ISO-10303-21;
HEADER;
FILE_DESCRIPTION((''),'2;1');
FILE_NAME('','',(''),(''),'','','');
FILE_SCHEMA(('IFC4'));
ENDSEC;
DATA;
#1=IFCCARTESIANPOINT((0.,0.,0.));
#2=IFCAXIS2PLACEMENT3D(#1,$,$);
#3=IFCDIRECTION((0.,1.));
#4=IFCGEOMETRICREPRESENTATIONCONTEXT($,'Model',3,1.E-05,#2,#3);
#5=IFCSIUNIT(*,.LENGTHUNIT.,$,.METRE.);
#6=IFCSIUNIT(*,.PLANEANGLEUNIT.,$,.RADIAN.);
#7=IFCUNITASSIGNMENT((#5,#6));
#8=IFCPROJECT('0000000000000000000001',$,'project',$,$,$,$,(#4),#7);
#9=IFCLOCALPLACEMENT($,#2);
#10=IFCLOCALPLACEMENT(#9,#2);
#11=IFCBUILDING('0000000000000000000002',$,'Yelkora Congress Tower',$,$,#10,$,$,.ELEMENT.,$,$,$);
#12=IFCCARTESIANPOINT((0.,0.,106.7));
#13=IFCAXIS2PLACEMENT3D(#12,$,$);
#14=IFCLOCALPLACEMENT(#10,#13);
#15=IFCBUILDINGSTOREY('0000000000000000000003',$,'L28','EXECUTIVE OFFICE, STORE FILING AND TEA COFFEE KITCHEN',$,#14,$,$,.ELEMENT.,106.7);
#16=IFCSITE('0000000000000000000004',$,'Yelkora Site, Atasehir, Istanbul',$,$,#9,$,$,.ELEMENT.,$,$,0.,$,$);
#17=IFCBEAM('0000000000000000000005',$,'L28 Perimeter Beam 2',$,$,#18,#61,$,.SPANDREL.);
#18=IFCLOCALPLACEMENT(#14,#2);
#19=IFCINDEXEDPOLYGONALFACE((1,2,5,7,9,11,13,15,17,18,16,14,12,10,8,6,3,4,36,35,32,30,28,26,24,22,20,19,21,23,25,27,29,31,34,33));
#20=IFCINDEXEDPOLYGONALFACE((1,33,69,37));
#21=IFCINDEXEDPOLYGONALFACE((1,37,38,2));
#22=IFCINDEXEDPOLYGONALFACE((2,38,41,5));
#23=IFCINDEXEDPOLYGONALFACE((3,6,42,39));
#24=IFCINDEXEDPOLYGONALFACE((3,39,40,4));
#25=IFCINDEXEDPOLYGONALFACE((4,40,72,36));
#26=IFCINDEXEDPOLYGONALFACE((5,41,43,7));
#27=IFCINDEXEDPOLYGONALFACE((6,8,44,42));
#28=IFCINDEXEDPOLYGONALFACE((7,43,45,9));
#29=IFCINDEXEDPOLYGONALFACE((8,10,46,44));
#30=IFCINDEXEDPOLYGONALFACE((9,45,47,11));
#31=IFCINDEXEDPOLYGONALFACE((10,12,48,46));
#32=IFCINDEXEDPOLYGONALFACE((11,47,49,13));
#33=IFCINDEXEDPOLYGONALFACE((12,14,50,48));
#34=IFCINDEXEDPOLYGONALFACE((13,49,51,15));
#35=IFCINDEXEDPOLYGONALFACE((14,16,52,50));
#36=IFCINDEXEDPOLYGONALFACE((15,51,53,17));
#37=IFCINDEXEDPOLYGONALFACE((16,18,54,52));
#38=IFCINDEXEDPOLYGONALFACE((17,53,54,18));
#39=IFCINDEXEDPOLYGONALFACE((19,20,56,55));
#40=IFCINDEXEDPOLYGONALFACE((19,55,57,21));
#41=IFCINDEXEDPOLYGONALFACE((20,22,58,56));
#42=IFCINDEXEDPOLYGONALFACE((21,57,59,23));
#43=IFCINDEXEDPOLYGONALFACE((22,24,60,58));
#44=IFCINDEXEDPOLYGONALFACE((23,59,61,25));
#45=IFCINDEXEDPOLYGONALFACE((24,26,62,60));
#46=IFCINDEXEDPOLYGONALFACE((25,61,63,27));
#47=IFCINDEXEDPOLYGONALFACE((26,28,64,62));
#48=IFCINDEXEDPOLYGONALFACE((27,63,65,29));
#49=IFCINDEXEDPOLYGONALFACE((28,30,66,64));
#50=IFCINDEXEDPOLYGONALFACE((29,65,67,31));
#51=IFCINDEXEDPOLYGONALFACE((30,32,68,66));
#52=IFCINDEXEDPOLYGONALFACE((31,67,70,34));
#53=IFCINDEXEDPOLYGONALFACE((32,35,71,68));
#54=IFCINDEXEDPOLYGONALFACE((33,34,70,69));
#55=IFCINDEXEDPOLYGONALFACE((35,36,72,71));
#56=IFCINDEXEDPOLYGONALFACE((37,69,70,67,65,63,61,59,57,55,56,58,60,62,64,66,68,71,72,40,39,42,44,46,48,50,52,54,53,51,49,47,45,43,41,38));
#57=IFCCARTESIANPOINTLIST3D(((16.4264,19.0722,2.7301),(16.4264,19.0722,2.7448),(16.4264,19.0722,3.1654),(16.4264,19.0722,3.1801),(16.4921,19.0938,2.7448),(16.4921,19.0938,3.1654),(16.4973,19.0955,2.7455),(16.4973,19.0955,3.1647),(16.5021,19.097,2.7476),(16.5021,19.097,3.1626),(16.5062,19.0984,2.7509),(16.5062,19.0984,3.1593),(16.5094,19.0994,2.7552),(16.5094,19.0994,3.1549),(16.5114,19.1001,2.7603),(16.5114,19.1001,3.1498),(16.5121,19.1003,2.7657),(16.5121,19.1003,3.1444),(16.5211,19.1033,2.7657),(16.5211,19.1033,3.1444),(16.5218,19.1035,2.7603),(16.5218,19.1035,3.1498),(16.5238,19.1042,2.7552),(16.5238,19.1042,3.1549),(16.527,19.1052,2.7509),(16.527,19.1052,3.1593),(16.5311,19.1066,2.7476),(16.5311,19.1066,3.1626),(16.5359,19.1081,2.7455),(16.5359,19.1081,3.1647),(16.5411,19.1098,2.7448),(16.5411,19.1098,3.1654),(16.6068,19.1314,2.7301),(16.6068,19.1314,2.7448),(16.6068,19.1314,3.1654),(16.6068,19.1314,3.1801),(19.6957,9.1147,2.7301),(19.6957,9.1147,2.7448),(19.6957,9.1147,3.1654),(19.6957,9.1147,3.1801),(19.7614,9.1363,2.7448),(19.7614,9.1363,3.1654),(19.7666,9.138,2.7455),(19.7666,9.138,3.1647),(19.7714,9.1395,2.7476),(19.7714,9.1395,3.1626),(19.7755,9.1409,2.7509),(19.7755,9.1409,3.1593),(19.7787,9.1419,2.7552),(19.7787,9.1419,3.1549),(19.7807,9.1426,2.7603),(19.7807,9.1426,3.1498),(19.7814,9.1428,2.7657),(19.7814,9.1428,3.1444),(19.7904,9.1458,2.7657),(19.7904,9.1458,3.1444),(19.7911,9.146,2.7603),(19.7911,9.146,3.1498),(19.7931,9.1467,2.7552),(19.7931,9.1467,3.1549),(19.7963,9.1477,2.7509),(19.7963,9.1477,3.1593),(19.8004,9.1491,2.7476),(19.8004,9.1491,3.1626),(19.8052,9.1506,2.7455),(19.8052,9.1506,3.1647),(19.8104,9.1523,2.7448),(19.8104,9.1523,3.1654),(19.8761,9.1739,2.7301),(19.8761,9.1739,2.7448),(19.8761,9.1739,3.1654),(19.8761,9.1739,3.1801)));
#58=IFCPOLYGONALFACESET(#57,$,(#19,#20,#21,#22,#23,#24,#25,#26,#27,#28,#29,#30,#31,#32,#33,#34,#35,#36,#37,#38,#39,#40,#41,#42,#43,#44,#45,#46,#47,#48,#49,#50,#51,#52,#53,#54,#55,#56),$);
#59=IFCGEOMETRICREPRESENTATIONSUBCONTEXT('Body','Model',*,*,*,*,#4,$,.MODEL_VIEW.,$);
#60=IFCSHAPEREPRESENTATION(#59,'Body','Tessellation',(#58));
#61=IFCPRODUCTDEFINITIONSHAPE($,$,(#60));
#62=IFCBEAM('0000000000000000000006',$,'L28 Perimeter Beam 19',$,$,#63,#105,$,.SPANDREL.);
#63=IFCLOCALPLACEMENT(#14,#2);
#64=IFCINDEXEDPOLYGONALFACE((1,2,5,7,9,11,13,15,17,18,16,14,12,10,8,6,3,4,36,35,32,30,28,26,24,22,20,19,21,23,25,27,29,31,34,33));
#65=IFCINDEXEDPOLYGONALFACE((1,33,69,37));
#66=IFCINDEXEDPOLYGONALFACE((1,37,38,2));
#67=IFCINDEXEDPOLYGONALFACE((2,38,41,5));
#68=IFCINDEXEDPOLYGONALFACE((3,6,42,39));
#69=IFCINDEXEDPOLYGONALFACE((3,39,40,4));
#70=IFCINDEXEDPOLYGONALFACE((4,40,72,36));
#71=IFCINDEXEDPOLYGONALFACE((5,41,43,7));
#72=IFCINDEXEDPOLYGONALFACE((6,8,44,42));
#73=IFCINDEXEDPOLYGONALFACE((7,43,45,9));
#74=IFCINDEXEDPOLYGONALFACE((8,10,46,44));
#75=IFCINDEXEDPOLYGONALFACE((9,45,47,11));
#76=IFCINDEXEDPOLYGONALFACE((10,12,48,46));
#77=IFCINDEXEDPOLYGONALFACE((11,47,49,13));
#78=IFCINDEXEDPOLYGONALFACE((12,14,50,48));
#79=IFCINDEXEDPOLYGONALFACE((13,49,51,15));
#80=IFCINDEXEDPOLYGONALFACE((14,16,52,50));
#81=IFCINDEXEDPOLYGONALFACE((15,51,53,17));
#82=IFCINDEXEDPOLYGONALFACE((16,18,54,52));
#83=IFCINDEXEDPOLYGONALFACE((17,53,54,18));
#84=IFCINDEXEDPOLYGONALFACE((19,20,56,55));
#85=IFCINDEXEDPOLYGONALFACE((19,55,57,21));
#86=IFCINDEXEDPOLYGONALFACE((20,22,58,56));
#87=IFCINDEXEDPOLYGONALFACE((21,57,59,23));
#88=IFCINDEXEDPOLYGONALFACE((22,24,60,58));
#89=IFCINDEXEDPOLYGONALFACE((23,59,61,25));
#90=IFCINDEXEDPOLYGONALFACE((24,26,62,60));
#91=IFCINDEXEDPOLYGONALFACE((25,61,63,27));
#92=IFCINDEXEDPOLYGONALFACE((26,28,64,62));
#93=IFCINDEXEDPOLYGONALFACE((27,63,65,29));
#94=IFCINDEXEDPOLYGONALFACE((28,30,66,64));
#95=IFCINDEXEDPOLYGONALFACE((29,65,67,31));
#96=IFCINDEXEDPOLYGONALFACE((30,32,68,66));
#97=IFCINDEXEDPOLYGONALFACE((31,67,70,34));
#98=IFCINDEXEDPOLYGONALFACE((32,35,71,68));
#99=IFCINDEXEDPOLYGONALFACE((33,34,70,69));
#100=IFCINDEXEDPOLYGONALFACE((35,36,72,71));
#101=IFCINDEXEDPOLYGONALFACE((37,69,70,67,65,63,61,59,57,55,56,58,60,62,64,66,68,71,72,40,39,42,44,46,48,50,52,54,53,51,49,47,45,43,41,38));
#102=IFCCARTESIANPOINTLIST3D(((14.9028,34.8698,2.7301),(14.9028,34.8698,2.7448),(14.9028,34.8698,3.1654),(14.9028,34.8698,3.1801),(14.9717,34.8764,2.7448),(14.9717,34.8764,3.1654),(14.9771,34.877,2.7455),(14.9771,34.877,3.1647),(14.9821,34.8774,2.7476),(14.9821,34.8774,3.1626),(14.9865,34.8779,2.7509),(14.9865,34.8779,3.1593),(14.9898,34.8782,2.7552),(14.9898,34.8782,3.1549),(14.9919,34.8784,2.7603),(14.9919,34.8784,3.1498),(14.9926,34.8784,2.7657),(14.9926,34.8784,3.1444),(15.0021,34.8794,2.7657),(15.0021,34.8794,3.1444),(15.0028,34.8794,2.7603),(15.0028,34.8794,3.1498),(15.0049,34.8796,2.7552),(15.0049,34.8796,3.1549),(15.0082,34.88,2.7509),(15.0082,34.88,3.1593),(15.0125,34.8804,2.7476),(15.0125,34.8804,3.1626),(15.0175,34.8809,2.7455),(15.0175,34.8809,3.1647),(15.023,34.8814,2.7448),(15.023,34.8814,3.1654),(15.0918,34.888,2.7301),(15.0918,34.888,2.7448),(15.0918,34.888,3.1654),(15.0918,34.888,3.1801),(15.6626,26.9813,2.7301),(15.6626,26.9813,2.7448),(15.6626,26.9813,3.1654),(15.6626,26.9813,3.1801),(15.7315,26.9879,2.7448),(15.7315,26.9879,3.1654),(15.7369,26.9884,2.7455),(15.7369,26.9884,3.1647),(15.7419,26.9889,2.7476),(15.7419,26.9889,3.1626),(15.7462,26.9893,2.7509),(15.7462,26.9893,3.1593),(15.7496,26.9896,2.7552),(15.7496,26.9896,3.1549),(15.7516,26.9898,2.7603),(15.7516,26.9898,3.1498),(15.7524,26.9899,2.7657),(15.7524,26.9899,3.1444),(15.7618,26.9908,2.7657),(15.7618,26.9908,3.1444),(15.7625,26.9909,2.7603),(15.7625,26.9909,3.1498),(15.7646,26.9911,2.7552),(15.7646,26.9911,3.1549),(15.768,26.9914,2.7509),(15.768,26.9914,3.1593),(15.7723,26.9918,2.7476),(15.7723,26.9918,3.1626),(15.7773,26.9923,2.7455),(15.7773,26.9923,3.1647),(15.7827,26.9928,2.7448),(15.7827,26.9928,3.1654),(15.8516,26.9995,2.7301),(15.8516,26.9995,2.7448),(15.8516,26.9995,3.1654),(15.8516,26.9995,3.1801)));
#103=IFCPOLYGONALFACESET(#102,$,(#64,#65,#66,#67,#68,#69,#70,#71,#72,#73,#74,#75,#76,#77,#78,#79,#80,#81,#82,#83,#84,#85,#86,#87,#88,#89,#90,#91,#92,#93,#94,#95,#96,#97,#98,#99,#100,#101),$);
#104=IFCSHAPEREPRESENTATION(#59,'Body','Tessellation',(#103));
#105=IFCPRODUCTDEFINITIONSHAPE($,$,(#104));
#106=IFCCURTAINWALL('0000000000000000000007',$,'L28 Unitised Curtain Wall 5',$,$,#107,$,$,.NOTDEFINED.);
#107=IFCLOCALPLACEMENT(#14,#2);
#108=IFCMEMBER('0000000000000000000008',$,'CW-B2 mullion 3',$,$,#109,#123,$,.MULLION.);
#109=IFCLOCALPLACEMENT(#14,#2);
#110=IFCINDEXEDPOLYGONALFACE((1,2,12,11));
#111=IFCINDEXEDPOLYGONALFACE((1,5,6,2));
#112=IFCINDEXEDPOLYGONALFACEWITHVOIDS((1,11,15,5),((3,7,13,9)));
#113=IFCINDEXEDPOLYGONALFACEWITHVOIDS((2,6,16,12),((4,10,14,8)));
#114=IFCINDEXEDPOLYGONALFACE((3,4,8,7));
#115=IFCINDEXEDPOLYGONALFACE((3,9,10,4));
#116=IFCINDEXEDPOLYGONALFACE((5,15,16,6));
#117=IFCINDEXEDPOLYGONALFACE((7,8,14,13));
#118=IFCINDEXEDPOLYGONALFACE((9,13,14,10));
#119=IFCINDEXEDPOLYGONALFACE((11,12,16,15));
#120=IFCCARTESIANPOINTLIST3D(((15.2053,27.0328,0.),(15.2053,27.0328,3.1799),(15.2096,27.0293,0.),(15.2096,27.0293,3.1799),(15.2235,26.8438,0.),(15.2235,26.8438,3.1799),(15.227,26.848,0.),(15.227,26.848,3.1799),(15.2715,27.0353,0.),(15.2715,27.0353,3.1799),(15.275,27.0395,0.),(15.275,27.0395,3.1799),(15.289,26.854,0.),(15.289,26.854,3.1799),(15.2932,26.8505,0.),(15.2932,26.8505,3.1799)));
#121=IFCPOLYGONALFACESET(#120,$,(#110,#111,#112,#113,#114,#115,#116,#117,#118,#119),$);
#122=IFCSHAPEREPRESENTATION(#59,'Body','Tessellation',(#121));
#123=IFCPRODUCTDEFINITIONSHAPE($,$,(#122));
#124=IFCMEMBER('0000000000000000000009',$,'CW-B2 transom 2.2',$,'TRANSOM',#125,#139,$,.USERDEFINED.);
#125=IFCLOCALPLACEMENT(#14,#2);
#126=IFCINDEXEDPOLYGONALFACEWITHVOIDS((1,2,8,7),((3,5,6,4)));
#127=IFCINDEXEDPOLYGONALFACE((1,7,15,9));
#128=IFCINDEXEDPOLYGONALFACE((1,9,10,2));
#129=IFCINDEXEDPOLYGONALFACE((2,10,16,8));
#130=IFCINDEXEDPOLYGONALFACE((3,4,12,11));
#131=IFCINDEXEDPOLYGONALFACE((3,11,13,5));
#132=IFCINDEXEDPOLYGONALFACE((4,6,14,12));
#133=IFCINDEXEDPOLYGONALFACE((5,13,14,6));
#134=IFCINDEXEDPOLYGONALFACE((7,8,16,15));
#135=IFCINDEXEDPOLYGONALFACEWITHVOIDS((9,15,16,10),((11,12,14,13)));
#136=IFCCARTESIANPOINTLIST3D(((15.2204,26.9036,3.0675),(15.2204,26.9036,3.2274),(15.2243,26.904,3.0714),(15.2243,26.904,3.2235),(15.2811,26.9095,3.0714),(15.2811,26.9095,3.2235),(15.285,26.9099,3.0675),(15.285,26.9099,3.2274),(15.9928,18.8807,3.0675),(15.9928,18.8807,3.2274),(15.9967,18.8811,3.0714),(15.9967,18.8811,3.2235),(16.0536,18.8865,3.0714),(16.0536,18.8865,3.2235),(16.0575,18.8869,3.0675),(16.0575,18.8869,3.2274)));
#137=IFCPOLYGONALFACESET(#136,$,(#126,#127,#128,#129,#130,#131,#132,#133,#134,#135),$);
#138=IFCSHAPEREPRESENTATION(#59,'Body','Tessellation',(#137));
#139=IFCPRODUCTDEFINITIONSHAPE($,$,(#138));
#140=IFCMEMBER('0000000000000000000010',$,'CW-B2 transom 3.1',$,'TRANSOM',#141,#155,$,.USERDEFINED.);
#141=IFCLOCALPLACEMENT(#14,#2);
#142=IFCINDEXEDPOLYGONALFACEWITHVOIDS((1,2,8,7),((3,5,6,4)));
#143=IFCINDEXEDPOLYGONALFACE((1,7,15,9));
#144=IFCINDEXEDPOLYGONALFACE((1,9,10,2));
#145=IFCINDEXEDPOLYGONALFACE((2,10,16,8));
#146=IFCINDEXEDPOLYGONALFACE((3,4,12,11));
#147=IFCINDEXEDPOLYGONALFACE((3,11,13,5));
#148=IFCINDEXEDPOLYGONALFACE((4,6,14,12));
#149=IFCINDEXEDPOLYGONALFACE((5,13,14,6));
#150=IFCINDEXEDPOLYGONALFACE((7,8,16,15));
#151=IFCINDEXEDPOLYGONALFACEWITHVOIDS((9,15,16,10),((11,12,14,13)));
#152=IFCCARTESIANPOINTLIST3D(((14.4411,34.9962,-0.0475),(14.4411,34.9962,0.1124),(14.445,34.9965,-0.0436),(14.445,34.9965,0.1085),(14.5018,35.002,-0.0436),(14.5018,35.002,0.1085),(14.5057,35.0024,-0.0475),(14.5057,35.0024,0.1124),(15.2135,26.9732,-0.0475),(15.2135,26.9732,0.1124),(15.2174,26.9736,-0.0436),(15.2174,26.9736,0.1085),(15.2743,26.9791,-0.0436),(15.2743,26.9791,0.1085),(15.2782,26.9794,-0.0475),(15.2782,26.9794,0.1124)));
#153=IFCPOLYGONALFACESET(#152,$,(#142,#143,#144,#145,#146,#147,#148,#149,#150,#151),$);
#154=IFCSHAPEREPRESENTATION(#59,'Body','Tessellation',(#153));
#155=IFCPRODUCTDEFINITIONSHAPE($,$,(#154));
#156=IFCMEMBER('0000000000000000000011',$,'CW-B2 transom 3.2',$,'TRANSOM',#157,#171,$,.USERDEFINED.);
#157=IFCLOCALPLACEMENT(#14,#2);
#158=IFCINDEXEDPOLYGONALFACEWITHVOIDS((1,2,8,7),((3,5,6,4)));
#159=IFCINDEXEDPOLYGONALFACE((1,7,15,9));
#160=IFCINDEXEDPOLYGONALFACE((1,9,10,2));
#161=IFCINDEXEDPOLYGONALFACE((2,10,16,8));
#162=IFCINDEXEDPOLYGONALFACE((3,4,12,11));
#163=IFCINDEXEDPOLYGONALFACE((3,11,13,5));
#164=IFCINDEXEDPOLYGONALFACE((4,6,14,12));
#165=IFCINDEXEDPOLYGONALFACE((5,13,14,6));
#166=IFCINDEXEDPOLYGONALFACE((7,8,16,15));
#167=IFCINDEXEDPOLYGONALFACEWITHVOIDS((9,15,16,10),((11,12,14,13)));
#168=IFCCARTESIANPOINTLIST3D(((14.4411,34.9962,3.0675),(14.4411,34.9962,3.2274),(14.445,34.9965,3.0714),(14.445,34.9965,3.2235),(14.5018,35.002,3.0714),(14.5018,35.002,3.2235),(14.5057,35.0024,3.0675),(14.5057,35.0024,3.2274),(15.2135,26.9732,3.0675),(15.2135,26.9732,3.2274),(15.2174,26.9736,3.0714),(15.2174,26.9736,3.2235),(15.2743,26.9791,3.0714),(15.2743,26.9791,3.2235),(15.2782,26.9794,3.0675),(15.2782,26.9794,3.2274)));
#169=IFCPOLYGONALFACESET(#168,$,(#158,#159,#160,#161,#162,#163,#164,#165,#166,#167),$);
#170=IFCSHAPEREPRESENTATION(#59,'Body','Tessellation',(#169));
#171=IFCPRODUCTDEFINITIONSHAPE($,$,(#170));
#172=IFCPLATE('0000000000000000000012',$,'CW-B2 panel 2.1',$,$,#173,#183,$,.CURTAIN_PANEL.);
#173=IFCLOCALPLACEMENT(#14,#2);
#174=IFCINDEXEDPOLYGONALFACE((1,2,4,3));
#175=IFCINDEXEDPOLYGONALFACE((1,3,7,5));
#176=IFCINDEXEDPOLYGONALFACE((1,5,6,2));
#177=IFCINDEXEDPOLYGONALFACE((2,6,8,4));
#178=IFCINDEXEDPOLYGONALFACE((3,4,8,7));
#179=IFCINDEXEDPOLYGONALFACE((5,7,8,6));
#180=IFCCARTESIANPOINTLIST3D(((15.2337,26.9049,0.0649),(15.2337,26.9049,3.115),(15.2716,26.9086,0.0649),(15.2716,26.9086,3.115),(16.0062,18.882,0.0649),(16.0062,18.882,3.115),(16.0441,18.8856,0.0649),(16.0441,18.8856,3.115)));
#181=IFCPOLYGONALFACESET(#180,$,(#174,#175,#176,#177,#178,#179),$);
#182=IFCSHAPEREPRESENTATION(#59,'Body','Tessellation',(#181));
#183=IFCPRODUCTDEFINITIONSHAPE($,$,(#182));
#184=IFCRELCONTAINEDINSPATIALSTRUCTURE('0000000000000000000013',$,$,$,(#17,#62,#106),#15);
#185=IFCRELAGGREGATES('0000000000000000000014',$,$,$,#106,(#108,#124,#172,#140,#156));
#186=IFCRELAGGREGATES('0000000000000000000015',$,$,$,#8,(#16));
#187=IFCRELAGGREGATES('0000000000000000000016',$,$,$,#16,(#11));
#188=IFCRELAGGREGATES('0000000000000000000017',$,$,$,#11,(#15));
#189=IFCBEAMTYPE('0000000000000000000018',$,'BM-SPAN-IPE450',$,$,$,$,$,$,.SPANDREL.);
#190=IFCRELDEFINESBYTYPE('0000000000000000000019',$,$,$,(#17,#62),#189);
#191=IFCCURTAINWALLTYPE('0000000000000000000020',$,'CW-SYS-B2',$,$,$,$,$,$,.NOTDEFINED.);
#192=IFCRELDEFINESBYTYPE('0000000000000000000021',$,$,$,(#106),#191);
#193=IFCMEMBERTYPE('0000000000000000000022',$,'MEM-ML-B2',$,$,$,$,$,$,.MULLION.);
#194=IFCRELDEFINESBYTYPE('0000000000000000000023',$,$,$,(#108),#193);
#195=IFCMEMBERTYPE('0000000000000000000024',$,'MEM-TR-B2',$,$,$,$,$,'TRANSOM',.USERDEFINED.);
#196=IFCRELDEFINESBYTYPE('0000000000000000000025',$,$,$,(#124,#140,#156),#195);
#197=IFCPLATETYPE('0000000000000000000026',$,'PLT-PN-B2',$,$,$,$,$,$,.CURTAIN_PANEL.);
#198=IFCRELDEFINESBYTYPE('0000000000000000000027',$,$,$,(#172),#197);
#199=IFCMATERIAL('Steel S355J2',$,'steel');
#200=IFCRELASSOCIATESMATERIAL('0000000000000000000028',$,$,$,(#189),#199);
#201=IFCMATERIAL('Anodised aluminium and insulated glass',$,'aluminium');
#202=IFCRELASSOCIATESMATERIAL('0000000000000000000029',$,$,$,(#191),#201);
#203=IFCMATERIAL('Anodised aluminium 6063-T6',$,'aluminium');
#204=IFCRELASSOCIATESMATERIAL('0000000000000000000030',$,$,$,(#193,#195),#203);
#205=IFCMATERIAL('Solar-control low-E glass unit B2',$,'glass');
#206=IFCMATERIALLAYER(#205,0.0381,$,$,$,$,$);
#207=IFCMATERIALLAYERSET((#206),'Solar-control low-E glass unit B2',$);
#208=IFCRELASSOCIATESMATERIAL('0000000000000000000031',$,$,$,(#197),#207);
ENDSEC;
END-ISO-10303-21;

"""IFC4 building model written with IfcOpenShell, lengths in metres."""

from ifc_helpers import new_model, si_unit, direction, frame, origin, origin_2d, place, context, subcontext, project, spatial, rectangle, hollow_rectangle, i_section, extrude, material, layer, layer_set, material_profile, profile_set, type_object, element, aggregate, save


model = new_model("IFC4")

# Units and contexts
model_context = context("Model", 3, precision=1e-05, world=origin(), true_north=direction((0.0, 1.0)))
body_context = subcontext(model_context, "Body", "Model", "MODEL_VIEW")
ifc_project = project(units=[si_unit("LENGTHUNIT", "METRE"), si_unit("PLANEANGLEUNIT", "RADIAN")], contexts=[model_context])

# Site, building, storey
site_placement = place(None, origin())
site = spatial("IfcSite", under=ifc_project, at=site_placement, Name="Yelkora Site, Atasehir, Istanbul", CompositionType="ELEMENT", RefElevation=0.0)
building_placement = place(site_placement, origin())
building = spatial("IfcBuilding", under=site, at=building_placement, Name="Yelkora Congress Tower", CompositionType="ELEMENT")
storey_placement = place(building_placement, frame((0.0, 0.0, 106.7)))
storey = spatial("IfcBuildingStorey", under=building, at=storey_placement, Name="L28", Description="EXECUTIVE OFFICE, STORE FILING AND TEA COFFEE KITCHEN", CompositionType="ELEMENT", Elevation=106.7)

# Beams
ifc_material_1 = material(Name="Steel S355J2", Category="steel")
ifc_material_profile_1 = material_profile(ifc_material_1, i_section(OverallWidth=0.1899, OverallDepth=0.45, WebThickness=0.0095, FlangeThickness=0.0146, FilletRadius=0.021, at=origin_2d()), Name="IPE 450")
ifc_profile_set_1 = profile_set([ifc_material_profile_1], Name="Steel S355J2")
beam_type_1 = type_object("IfcBeamType", Name="BM-SPAN-IPE450", PredefinedType="SPANDREL", material=ifc_profile_set_1)
beam_1_placement = place(storey_placement, frame((16.5166, 19.1018, 2.9551), z_axis=(0.311941, -0.950102, 0.0), x_axis=(0.950102, 0.311941, 0.0)))
element("IfcBeam", 1, at=beam_1_placement, inside=storey, type_object=beam_type_1, Name="L28 Perimeter Beam 2", PredefinedType="SPANDREL", context=body_context, shape_type="SweptSolid", body=[
    extrude(i_section(OverallWidth=0.1899, OverallDepth=0.45, WebThickness=0.0095, FlangeThickness=0.0146, FilletRadius=0.021, at=origin_2d()), origin(), (0.0, 0.0, 1.0), 10.4805),
])
beam_2_placement = place(storey_placement, frame((14.9973, 34.8789, 2.9551), z_axis=(0.09587, -0.995394, 0.0), x_axis=(0.995394, 0.09587, 0.0)))
element("IfcBeam", 2, at=beam_2_placement, inside=storey, type_object=beam_type_1, Name="L28 Perimeter Beam 19", PredefinedType="SPANDREL", context=body_context, shape_type="SweptSolid", body=[
    extrude(i_section(OverallWidth=0.1899, OverallDepth=0.45, WebThickness=0.0095, FlangeThickness=0.0146, FilletRadius=0.021, at=origin_2d()), origin(), (0.0, 0.0, 1.0), 7.925),
])

# Curtain wall, members, plate
ifc_material_2 = material(Name="Anodised aluminium and insulated glass", Category="aluminium")
curtain_wall_type = type_object("IfcCurtainWallType", Name="CW-SYS-B2", PredefinedType="NOTDEFINED", material=ifc_material_2)
curtain_wall_placement = place(storey_placement, origin())
curtain_wall = element("IfcCurtainWall", 3, at=curtain_wall_placement, inside=storey, type_object=curtain_wall_type, Name="L28 Unitised Curtain Wall 5", PredefinedType="NOTDEFINED")
ifc_material_3 = material(Name="Anodised aluminium 6063-T6", Category="aluminium")
ifc_material_profile_2 = material_profile(ifc_material_3, hollow_rectangle(XDim=0.0701, YDim=0.1899, WallThickness=0.0039, at=origin_2d()), Name="ALU 70x190x4")
ifc_profile_set_2 = profile_set([ifc_material_profile_2], Name="Anodised aluminium 6063-T6")
member_type_1 = type_object("IfcMemberType", Name="MEM-ML-B2", PredefinedType="MULLION", material=ifc_profile_set_2)
member_1_placement = place(storey_placement, frame((15.2493, 26.9417, 0.0), z_axis=(0.0, 0.0, 1.0), x_axis=(-0.995397, -0.095843, 0.0)))
member_1 = element("IfcMember", 4, at=member_1_placement, type_object=member_type_1, Name="CW-B2 mullion 3", PredefinedType="MULLION", context=body_context, shape_type="SweptSolid", body=[
    extrude(hollow_rectangle(XDim=0.0701, YDim=0.1899, WallThickness=0.0039, at=origin_2d()), origin(), (0.0, 0.0, 1.0), 3.1799),
])
ifc_material_profile_3 = material_profile(ifc_material_3, hollow_rectangle(XDim=0.0649, YDim=0.1599, WallThickness=0.0039, at=origin_2d()), Name="ALU 65x160x4")
ifc_profile_set_3 = profile_set([ifc_material_profile_3], Name="Anodised aluminium 6063-T6")
member_type_2 = type_object("IfcMemberType", Name="MEM-TR-B2", ElementType="TRANSOM", PredefinedType="USERDEFINED", material=ifc_profile_set_3)
member_2_placement = place(storey_placement, frame((16.0251, 18.8838, 3.1475), z_axis=(-0.095838, 0.995397, 0.0), x_axis=(-0.995397, -0.095838, 0.0)))
member_2 = element("IfcMember", 5, at=member_2_placement, type_object=member_type_2, Name="CW-B2 transom 2.2", ObjectType="TRANSOM", PredefinedType="USERDEFINED", context=body_context, shape_type="SweptSolid", body=[
    extrude(hollow_rectangle(XDim=0.0649, YDim=0.1599, WallThickness=0.0039, at=origin_2d()), origin(), (0.0, 0.0, 1.0), 8.0601),
])
member_3_placement = place(storey_placement, frame((15.2458, 26.9763, 0.0325), z_axis=(-0.095838, 0.995397, 0.0), x_axis=(-0.995397, -0.095838, 0.0)))
member_3 = element("IfcMember", 6, at=member_3_placement, type_object=member_type_2, Name="CW-B2 transom 3.1", ObjectType="TRANSOM", PredefinedType="USERDEFINED", context=body_context, shape_type="SweptSolid", body=[
    extrude(hollow_rectangle(XDim=0.0649, YDim=0.1599, WallThickness=0.0039, at=origin_2d()), origin(), (0.0, 0.0, 1.0), 8.0601),
])
member_4_placement = place(storey_placement, frame((15.2458, 26.9763, 3.1475), z_axis=(-0.095838, 0.995397, 0.0), x_axis=(-0.995397, -0.095838, 0.0)))
member_4 = element("IfcMember", 7, at=member_4_placement, type_object=member_type_2, Name="CW-B2 transom 3.2", ObjectType="TRANSOM", PredefinedType="USERDEFINED", context=body_context, shape_type="SweptSolid", body=[
    extrude(hollow_rectangle(XDim=0.0649, YDim=0.1599, WallThickness=0.0039, at=origin_2d()), origin(), (0.0, 0.0, 1.0), 8.0601),
])
ifc_material_4 = material(Name="Solar-control low-E glass unit B2", Category="glass")
ifc_layer_1 = layer(ifc_material_4, 0.0381)
ifc_layer_set_1 = layer_set([ifc_layer_1], Name="Solar-control low-E glass unit B2")
plate_type = type_object("IfcPlateType", Name="PLT-PN-B2", PredefinedType="CURTAIN_PANEL", material=ifc_layer_set_1)
plate_1_placement = place(storey_placement, frame((15.6389, 22.8953, 0.0649), z_axis=(0.0, 0.0, 1.0), x_axis=(-0.095843, 0.995397, 0.0)))
plate_1 = element("IfcPlate", 8, at=plate_1_placement, type_object=plate_type, Name="CW-B2 panel 2.1", PredefinedType="CURTAIN_PANEL", context=body_context, shape_type="SweptSolid", body=[
    extrude(rectangle(XDim=8.0601, YDim=0.0381, at=origin_2d()), origin(), (0.0, 0.0, 1.0), 3.05),
])
aggregate(curtain_wall, [member_1, member_2, plate_1, member_3, member_4])

save(model, "model.ifc")
